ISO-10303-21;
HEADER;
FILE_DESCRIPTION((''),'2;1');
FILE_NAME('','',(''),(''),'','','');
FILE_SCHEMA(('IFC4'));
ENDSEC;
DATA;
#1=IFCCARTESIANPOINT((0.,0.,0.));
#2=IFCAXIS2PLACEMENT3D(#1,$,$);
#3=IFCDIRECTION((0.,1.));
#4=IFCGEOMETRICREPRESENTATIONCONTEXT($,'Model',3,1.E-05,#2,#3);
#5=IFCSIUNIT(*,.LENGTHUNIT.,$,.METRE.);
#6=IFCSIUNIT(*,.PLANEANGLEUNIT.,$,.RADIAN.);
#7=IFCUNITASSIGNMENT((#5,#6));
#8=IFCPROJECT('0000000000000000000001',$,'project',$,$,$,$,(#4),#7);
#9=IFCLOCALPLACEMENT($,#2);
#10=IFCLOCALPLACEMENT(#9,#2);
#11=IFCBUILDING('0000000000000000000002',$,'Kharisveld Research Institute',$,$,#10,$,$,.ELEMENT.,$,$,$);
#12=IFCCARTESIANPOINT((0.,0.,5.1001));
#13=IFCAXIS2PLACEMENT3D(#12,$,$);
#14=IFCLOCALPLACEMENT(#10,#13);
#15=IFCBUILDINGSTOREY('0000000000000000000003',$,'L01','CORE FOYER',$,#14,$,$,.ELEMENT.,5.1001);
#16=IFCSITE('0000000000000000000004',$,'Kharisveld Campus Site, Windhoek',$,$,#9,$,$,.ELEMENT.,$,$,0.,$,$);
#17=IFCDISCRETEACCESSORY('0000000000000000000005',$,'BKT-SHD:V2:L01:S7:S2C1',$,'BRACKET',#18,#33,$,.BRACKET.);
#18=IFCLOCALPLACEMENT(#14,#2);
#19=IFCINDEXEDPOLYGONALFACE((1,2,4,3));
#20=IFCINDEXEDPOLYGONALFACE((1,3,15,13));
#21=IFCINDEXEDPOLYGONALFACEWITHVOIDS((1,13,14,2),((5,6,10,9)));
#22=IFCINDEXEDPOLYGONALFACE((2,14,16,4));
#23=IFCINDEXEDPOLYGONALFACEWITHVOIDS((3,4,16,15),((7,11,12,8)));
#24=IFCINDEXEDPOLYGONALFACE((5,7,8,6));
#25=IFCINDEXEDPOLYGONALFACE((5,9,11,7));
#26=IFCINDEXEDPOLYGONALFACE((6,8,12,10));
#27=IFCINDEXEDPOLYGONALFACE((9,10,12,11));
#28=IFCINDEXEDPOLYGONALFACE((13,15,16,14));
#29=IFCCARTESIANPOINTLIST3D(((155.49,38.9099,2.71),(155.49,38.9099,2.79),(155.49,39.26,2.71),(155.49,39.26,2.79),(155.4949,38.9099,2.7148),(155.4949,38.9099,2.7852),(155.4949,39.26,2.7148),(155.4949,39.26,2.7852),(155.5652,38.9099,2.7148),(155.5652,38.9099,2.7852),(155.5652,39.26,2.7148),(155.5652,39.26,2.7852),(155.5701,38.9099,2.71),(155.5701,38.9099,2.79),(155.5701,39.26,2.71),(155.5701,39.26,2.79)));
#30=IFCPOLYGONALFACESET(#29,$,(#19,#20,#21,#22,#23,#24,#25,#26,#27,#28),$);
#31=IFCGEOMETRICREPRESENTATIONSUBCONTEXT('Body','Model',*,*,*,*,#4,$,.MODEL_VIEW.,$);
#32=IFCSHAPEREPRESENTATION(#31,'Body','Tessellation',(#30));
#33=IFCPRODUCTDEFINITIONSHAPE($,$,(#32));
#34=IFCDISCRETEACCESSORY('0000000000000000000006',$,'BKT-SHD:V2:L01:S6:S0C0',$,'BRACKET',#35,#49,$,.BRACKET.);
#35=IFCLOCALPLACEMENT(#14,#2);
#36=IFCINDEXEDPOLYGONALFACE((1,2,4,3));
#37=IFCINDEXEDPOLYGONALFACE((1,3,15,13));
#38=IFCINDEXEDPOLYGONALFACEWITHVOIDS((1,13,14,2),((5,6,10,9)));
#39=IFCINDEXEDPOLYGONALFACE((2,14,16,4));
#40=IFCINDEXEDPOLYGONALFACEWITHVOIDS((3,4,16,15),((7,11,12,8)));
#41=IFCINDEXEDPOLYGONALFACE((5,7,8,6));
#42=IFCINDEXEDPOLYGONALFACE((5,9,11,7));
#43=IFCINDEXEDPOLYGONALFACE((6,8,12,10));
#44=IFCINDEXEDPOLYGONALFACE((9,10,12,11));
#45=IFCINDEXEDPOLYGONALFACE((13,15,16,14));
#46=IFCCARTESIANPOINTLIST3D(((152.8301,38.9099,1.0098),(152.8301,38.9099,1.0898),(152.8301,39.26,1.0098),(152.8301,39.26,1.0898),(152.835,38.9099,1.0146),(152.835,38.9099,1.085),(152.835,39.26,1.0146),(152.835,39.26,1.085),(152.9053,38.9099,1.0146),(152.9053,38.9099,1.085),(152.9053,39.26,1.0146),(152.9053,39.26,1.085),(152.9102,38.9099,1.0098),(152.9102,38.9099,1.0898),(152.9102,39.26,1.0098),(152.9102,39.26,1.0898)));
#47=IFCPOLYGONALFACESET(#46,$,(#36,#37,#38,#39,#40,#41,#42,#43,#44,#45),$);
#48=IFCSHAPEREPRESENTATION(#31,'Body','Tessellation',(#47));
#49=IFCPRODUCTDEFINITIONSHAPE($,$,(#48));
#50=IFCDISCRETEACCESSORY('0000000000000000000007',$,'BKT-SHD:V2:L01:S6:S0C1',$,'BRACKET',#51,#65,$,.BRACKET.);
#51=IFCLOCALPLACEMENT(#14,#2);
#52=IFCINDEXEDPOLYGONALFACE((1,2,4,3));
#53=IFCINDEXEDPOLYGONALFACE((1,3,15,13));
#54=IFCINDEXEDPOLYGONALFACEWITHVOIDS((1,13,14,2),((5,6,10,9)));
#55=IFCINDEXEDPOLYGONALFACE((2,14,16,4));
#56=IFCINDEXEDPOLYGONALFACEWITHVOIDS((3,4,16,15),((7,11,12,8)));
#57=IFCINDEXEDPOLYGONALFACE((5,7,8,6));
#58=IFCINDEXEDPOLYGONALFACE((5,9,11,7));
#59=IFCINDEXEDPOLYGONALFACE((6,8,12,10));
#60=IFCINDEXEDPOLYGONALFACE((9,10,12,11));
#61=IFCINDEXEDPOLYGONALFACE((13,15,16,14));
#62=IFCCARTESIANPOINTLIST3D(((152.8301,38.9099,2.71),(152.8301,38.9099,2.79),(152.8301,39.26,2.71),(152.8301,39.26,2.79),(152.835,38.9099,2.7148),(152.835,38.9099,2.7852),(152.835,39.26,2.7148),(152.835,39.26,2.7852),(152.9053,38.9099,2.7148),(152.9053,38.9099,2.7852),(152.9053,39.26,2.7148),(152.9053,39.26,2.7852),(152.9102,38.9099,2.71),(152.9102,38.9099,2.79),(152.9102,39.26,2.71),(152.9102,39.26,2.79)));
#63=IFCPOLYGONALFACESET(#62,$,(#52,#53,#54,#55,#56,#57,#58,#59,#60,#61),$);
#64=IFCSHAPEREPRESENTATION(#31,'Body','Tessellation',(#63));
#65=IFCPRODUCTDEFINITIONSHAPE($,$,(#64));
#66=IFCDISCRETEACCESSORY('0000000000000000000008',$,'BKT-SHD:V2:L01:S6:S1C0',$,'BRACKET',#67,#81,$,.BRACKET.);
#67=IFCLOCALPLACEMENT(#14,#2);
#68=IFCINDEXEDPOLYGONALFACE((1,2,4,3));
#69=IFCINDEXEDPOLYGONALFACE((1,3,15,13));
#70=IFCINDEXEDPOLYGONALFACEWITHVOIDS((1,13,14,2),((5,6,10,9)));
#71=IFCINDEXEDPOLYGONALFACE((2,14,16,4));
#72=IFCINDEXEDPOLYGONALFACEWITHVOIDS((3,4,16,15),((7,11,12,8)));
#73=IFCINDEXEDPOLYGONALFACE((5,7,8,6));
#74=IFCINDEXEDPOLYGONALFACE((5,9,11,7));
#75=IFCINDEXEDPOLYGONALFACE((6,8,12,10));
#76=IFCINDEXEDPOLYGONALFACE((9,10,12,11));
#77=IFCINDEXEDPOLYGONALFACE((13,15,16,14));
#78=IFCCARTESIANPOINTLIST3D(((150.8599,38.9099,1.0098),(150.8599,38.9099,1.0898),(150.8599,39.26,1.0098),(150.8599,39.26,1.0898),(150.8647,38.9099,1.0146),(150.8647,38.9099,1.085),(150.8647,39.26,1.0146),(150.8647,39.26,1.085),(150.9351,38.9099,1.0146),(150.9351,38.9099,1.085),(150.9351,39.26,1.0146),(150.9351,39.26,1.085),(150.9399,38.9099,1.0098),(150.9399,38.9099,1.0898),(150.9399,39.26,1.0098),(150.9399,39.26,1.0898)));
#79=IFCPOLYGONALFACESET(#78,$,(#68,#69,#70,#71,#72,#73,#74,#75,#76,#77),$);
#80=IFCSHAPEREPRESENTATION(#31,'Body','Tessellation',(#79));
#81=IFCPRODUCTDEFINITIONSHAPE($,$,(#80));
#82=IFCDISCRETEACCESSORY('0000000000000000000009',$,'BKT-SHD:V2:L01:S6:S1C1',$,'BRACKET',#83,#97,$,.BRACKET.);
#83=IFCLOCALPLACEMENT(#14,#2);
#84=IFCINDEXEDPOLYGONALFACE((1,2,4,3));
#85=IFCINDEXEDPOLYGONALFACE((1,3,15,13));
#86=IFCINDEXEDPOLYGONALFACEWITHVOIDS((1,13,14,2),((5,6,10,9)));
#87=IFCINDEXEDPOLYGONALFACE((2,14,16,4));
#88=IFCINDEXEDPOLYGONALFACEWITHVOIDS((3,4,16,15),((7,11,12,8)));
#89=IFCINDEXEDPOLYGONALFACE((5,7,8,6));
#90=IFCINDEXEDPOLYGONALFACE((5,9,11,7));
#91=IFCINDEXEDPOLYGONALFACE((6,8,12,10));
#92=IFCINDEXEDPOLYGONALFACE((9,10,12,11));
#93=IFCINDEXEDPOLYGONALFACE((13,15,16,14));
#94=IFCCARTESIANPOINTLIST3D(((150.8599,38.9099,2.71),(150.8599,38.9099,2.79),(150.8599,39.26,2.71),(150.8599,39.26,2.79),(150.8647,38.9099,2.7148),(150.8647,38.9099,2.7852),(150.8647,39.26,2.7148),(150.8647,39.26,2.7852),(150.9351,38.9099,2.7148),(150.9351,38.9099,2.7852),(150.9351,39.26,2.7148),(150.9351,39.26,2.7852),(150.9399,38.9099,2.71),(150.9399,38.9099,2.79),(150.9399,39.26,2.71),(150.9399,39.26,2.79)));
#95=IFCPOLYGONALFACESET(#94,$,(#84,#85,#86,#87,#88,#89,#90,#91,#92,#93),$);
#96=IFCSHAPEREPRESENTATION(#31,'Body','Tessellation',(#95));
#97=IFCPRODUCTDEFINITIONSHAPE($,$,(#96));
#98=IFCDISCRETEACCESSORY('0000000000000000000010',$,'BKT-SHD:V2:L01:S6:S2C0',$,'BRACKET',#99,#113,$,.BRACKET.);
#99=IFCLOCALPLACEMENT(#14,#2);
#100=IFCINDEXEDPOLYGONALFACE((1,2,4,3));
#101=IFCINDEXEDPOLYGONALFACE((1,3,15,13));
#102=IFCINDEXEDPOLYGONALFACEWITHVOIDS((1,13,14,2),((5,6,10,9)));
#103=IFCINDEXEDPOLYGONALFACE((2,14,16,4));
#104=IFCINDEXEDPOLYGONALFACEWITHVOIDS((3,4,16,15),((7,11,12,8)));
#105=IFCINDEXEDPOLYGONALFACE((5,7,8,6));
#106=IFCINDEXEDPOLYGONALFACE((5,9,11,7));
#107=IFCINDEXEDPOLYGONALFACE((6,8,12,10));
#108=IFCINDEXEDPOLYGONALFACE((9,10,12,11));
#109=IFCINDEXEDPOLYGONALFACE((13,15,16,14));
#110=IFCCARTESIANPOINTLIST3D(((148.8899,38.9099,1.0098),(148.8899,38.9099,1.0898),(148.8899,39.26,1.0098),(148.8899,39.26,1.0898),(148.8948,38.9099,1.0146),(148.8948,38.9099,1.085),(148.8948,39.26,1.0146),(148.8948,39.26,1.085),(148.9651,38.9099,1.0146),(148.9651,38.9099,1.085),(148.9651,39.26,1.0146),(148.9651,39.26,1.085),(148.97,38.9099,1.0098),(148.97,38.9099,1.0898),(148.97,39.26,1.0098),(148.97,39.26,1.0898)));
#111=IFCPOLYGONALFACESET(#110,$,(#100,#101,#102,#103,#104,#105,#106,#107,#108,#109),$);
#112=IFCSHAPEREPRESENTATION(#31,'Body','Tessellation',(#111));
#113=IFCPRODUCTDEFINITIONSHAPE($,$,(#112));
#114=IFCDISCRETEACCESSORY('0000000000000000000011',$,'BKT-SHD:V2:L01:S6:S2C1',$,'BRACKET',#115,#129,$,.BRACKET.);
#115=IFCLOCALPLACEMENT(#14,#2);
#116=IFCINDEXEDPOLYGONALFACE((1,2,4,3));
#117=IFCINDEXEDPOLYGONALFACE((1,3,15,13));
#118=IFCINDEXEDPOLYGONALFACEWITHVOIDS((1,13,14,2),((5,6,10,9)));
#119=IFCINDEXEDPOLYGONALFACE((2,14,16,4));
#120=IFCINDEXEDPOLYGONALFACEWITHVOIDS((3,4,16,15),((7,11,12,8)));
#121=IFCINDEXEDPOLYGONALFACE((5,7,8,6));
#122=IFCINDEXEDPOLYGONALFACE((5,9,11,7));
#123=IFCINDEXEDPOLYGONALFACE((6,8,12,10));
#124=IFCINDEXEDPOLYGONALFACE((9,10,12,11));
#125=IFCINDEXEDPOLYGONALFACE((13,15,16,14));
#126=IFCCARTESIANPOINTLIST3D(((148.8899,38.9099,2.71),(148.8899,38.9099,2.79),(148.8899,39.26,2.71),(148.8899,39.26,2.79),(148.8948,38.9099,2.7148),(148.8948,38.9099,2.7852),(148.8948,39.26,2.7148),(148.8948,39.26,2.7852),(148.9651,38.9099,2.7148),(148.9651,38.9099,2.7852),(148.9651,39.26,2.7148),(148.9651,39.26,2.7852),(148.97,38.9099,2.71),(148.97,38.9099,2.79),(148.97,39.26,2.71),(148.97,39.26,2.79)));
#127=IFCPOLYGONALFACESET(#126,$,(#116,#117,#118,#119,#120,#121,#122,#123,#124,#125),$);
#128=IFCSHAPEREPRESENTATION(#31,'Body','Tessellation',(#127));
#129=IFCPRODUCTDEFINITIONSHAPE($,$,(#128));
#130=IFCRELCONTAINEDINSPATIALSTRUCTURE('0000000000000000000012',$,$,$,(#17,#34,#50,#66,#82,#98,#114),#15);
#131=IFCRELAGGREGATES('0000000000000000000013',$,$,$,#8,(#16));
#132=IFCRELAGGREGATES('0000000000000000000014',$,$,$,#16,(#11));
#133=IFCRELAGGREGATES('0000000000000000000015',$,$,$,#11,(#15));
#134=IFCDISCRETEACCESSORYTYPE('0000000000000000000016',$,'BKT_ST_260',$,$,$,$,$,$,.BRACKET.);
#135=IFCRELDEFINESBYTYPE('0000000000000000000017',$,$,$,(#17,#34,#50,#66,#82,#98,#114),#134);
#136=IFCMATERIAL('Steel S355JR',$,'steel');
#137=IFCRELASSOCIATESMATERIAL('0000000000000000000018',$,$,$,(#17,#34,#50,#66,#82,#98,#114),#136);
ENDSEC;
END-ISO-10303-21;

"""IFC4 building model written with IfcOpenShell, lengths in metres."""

from ifc_helpers import new_model, si_unit, direction, frame, origin, origin_2d, place, context, subcontext, project, spatial, hollow_rectangle, extrude, material, type_object, element, save


model = new_model("IFC4")

# Units and contexts
model_context = context("Model", 3, precision=1e-05, world=origin(), true_north=direction((0.0, 1.0)))
body_context = subcontext(model_context, "Body", "Model", "MODEL_VIEW")
ifc_project = project(units=[si_unit("LENGTHUNIT", "METRE"), si_unit("PLANEANGLEUNIT", "RADIAN")], contexts=[model_context])

# Site, building, storey
site_placement = place(None, origin())
site = spatial("IfcSite", under=ifc_project, at=site_placement, Name="Kharisveld Campus Site, Windhoek", CompositionType="ELEMENT", RefElevation=0.0)
building_placement = place(site_placement, origin())
building = spatial("IfcBuilding", under=site, at=building_placement, Name="Kharisveld Research Institute", CompositionType="ELEMENT")
storey_placement = place(building_placement, frame((0.0, 0.0, 5.1001)))
storey = spatial("IfcBuildingStorey", under=building, at=storey_placement, Name="L01", Description="CORE FOYER", CompositionType="ELEMENT", Elevation=5.1001)

# Discrete accessories
ifc_material_1 = material(Name="Steel S355JR", Category="steel")
discrete_accessory_type = type_object("IfcDiscreteAccessoryType", Name="BKT_ST_260", PredefinedType="BRACKET")
for number, where, z_axis, x_axis, name in (
    (1, (155.53, 39.26, 2.75), (0.0, -1.0, 0.0), (1.0, 0.0, 0.0), "BKT-SHD:V2:L01:S7:S2C1"),
    (2, (152.8701, 39.26, 1.0498), (0.0, -1.0, 0.0), (1.0, 0.0, 0.0), "BKT-SHD:V2:L01:S6:S0C0"),
    (3, (152.8701, 39.26, 2.75), (0.0, -1.0, 0.0), (1.0, 0.0, 0.0), "BKT-SHD:V2:L01:S6:S0C1"),
    (4, (150.8999, 39.26, 1.0498), (0.0, -1.0, 0.0), (1.0, 0.0, 0.0), "BKT-SHD:V2:L01:S6:S1C0"),
    (5, (150.8999, 39.26, 2.75), (0.0, -1.0, 0.0), (1.0, 0.0, 0.0), "BKT-SHD:V2:L01:S6:S1C1"),
    (6, (148.9299, 39.26, 1.0498), (0.0, -1.0, 0.0), (1.0, 0.0, 0.0), "BKT-SHD:V2:L01:S6:S2C0"),
    (7, (148.9299, 39.26, 2.75), (0.0, -1.0, 0.0), (1.0, 0.0, 0.0), "BKT-SHD:V2:L01:S6:S2C1"),
):
    element("IfcDiscreteAccessory", number, at=place(storey_placement, frame(where, z_axis=z_axis, x_axis=x_axis)), inside=storey, type_object=discrete_accessory_type, material=ifc_material_1, Name=name, ObjectType="BRACKET", PredefinedType="BRACKET", context=body_context, shape_type="SweptSolid", body=[
        extrude(hollow_rectangle(XDim=0.0801, YDim=0.0801, WallThickness=0.0049, at=origin_2d()), origin(), (0.0, 0.0, 1.0), 0.3501),
    ])

save(model, "model.ifc")
